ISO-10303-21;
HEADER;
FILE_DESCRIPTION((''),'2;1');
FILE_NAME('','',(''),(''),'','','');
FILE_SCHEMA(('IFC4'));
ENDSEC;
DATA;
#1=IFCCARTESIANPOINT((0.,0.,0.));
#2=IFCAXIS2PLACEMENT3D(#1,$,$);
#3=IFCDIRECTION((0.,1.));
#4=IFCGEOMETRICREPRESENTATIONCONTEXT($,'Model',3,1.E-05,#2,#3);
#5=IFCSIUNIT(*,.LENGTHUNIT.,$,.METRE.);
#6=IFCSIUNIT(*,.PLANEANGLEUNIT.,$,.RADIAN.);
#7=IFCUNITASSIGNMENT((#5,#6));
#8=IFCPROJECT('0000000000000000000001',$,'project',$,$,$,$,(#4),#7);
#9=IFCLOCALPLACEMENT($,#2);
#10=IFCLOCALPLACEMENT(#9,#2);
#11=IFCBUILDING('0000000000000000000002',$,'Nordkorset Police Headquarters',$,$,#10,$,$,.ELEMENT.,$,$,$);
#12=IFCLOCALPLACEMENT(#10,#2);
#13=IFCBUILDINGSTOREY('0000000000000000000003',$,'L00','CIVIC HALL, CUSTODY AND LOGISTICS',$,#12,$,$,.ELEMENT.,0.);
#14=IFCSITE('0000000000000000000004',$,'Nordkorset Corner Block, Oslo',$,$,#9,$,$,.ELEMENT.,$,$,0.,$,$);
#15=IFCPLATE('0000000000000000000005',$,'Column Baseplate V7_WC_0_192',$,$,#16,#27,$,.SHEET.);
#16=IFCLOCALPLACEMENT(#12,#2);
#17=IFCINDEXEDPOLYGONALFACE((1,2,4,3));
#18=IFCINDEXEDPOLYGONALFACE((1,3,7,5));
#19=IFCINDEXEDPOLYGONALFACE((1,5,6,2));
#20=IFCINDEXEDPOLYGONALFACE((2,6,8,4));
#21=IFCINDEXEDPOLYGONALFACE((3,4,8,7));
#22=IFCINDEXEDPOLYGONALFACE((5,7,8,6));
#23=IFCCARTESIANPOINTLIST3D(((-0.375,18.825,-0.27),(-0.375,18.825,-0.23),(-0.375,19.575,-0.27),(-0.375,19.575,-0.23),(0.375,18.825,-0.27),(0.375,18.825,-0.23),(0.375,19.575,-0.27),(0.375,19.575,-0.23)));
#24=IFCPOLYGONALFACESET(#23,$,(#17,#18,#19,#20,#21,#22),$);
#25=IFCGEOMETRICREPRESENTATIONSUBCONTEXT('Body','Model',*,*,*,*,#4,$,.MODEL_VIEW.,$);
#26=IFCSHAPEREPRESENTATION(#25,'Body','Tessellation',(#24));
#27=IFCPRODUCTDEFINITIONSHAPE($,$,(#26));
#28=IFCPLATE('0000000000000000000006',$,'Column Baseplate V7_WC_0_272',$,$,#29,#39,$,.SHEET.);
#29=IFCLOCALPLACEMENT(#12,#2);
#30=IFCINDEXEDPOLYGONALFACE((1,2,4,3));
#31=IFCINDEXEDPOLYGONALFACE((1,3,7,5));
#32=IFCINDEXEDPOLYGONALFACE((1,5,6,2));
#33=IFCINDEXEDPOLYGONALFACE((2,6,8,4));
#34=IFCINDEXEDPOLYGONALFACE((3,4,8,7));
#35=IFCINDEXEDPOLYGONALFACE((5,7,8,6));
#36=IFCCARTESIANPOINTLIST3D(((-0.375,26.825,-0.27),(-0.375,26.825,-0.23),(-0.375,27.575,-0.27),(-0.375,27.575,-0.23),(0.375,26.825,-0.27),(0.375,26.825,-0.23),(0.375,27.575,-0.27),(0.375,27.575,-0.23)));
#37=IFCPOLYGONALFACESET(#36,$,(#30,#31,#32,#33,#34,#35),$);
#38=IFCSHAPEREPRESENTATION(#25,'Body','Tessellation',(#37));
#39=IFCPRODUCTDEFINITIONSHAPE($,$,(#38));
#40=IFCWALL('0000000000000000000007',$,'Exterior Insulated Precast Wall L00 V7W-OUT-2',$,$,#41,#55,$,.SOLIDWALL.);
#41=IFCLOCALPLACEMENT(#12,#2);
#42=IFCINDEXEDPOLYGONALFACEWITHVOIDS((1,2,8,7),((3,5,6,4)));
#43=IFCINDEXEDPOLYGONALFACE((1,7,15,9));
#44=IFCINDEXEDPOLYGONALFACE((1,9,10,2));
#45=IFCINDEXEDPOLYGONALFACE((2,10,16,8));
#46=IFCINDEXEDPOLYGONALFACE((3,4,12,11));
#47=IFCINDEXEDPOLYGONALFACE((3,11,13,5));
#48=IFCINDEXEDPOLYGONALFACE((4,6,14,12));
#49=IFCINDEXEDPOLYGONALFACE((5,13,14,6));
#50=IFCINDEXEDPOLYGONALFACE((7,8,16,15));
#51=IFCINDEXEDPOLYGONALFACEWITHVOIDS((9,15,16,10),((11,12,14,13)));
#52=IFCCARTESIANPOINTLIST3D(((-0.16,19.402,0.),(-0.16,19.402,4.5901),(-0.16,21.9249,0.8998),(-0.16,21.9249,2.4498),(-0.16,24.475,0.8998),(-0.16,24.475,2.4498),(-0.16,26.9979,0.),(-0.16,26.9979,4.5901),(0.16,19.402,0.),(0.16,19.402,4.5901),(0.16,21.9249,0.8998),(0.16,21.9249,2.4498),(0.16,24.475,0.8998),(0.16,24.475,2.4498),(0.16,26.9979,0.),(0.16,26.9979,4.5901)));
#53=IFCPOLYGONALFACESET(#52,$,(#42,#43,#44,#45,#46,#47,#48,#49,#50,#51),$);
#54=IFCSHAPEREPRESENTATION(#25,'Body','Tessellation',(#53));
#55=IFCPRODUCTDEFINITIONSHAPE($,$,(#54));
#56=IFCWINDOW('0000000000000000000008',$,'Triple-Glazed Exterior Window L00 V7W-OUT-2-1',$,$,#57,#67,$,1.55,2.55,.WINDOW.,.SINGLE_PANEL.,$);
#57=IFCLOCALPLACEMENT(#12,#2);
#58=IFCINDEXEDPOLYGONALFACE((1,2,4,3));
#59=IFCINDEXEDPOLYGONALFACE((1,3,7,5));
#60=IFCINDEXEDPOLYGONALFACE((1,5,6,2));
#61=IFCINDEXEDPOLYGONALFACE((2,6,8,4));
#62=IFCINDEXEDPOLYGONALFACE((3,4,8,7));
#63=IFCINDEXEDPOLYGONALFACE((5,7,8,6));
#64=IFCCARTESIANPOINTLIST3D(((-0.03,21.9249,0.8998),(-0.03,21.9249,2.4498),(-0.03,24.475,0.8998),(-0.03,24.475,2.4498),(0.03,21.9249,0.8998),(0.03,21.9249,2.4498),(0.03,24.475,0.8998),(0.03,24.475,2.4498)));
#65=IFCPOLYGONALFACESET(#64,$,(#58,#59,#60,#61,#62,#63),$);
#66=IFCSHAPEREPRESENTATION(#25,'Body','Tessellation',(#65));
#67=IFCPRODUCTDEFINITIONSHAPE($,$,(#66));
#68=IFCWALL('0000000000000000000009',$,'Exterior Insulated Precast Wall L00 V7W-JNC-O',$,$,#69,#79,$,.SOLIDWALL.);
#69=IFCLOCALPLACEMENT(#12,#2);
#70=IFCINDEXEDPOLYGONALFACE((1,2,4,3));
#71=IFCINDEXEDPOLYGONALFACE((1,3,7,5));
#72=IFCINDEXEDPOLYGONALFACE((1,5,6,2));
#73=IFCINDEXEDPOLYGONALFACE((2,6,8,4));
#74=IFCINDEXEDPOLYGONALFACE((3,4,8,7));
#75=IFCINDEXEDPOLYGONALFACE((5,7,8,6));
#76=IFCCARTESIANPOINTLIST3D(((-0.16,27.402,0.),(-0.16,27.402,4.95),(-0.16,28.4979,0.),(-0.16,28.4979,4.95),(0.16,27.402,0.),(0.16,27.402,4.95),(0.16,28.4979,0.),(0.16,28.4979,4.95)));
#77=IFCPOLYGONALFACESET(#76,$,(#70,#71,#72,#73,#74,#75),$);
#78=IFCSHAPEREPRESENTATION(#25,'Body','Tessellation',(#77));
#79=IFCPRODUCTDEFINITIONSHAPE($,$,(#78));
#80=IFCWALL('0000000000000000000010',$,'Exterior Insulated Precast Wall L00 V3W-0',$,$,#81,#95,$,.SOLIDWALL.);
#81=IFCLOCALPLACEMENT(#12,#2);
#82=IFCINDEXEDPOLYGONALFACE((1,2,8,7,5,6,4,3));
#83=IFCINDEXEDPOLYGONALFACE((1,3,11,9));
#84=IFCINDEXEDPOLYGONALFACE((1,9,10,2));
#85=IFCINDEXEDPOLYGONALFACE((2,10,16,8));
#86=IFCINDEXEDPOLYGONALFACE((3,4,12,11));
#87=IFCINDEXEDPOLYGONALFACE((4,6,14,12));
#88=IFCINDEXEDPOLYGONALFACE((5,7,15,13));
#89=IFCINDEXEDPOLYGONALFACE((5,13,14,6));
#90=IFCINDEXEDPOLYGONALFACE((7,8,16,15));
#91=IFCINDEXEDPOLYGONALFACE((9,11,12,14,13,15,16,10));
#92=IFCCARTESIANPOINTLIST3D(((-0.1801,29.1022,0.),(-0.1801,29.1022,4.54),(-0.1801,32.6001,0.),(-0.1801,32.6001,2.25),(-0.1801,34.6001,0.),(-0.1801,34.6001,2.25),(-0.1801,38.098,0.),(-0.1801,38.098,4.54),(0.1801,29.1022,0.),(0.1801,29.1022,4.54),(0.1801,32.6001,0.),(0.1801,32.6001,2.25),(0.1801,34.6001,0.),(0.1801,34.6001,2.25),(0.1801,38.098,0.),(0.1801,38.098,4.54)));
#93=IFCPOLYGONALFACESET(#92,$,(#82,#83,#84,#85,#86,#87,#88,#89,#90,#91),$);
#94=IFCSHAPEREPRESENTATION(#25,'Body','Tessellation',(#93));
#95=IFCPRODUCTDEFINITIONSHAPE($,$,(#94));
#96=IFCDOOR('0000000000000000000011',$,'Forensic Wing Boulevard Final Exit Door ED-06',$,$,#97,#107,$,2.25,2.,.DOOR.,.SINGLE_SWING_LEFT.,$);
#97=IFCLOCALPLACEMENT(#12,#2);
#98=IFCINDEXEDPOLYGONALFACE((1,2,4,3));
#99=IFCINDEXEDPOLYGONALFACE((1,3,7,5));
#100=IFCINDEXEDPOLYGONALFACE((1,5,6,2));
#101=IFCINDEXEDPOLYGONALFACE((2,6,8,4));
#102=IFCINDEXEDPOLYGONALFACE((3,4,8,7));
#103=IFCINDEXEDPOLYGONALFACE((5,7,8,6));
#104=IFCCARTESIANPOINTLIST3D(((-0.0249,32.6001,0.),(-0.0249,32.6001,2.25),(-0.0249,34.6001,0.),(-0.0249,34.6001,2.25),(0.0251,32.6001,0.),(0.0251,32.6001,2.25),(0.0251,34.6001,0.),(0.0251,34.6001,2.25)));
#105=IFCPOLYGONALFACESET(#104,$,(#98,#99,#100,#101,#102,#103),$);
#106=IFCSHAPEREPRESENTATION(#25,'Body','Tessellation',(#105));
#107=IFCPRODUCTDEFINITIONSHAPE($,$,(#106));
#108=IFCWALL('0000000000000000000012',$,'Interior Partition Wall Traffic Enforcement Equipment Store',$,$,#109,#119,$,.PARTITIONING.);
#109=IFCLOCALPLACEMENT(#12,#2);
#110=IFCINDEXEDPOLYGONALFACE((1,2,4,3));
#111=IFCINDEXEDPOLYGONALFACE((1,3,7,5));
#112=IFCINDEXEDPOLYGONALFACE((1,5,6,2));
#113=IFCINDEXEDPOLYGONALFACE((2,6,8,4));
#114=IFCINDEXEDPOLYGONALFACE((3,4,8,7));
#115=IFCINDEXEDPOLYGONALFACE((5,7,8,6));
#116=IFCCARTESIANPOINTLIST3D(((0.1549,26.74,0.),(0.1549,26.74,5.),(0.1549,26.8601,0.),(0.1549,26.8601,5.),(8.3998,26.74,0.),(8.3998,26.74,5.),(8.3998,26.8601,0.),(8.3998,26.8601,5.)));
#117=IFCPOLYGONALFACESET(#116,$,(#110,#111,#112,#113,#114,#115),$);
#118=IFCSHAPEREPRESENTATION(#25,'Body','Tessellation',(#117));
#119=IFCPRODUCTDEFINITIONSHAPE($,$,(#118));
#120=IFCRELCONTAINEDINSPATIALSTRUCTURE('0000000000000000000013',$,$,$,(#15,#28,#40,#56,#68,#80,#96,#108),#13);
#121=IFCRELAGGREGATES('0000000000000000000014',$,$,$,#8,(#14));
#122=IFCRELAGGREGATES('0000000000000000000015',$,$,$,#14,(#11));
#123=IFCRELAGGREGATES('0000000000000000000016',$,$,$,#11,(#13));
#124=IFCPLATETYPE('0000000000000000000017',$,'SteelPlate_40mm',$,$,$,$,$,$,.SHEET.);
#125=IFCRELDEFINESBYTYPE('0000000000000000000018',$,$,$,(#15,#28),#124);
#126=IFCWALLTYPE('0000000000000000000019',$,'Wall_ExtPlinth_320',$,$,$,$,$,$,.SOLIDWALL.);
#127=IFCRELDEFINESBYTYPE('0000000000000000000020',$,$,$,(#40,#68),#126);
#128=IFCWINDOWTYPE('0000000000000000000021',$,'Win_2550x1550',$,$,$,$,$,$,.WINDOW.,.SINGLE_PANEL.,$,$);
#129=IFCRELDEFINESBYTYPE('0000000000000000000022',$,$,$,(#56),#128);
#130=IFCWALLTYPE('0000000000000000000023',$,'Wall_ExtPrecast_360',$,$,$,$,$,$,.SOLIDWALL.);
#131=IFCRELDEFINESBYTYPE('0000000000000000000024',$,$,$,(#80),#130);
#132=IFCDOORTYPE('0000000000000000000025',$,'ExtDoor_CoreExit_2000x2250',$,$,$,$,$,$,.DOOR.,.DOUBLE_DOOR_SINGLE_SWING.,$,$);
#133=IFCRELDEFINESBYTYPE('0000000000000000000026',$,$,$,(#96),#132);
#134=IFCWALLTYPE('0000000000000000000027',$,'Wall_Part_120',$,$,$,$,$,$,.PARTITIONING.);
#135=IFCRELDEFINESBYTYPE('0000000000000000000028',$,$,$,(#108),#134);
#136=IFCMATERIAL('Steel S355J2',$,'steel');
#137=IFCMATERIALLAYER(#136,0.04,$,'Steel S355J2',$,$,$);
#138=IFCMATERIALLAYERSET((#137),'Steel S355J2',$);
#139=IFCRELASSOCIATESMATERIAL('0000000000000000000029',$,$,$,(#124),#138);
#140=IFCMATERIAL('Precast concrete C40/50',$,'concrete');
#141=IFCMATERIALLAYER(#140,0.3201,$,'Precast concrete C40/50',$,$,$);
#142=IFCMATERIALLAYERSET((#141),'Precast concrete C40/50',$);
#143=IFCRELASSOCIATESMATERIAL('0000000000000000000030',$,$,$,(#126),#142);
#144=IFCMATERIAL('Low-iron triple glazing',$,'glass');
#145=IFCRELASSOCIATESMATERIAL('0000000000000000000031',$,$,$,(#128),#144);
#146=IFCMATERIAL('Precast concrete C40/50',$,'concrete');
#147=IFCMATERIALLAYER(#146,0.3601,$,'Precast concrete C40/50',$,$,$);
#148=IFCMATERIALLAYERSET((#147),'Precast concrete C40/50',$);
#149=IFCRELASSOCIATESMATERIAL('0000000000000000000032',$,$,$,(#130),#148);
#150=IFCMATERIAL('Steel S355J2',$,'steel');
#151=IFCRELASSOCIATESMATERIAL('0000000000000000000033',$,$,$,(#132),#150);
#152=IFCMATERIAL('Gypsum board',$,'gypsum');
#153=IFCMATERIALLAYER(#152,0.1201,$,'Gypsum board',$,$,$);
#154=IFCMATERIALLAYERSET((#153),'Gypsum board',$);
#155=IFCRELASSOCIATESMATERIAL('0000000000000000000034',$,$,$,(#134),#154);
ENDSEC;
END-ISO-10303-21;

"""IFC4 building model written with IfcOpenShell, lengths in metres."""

from ifc_helpers import new_model, si_unit, direction, frame, frame_2d, origin, origin_2d, place, context, subcontext, project, spatial, rectangle, extrude, material, layer, layer_set, type_object, element, fill, save


model = new_model("IFC4")

# Units and contexts
model_context = context("Model", 3, precision=1e-05, world=origin(), true_north=direction((0.0, 1.0)))
body_context = subcontext(model_context, "Body", "Model", "MODEL_VIEW")
ifc_project = project(units=[si_unit("LENGTHUNIT", "METRE"), si_unit("PLANEANGLEUNIT", "RADIAN")], contexts=[model_context])

# Site, building, storey
site_placement = place(None, origin())
site = spatial("IfcSite", under=ifc_project, at=site_placement, Name="Nordkorset Corner Block, Oslo", CompositionType="ELEMENT", RefElevation=0.0)
building_placement = place(site_placement, origin())
building = spatial("IfcBuilding", under=site, at=building_placement, Name="Nordkorset Police Headquarters", CompositionType="ELEMENT")
storey_placement = place(building_placement, origin())
storey = spatial("IfcBuildingStorey", under=building, at=storey_placement, Name="L00", Description="CIVIC HALL, CUSTODY AND LOGISTICS", CompositionType="ELEMENT", Elevation=0.0)

# Plates
ifc_material_1 = material(Name="Steel S355J2", Category="steel")
ifc_layer_1 = layer(ifc_material_1, 0.04, Name="Steel S355J2")
ifc_layer_set_1 = layer_set([ifc_layer_1], Name="Steel S355J2")
plate_type = type_object("IfcPlateType", Name="SteelPlate_40mm", PredefinedType="SHEET", material=ifc_layer_set_1)
for number, where, z_axis, x_axis, name in (
    (1, (0.0, 19.2, -0.27), (0.0, 0.0, 1.0), (1.0, 0.0, 0.0), "Column Baseplate V7_WC_0_192"),
    (2, (0.0, 27.2, -0.27), (0.0, 0.0, 1.0), (1.0, 0.0, 0.0), "Column Baseplate V7_WC_0_272"),
):
    element("IfcPlate", number, at=place(storey_placement, frame(where, z_axis=z_axis, x_axis=x_axis)), inside=storey, type_object=plate_type, Name=name, PredefinedType="SHEET", context=body_context, shape_type="SweptSolid", body=[
        extrude(rectangle(XDim=0.75, YDim=0.75, at=origin_2d()), origin(), (0.0, 0.0, 1.0), 0.04),
    ])

# Wall, opening, window
ifc_material_2 = material(Name="Precast concrete C40/50", Category="concrete")
ifc_layer_2 = layer(ifc_material_2, 0.3201, Name="Precast concrete C40/50")
ifc_layer_set_2 = layer_set([ifc_layer_2], Name="Precast concrete C40/50")
wall_type_1 = type_object("IfcWallType", Name="Wall_ExtPlinth_320", PredefinedType="SOLIDWALL", material=ifc_layer_set_2)
wall_1_placement = place(storey_placement, frame((0.0, 19.4021, 0.0), z_axis=(0.0, 0.0, 1.0), x_axis=(0.0, 1.0, 0.0)))
wall_1 = element("IfcWall", 3, at=wall_1_placement, inside=storey, type_object=wall_type_1, Name="Exterior Insulated Precast Wall L00 V7W-OUT-2", PredefinedType="SOLIDWALL", context=body_context, shape_type="SweptSolid", body=[
    extrude(rectangle(XDim=7.5959, YDim=0.3201, at=frame_2d((3.7979, 0.0))), origin(), (0.0, 0.0, 1.0), 4.5901),
])
opening_1_placement = place(wall_1_placement, frame((2.5229, 0.0, 0.8999)))
opening_1 = element("IfcOpeningElement", 4, at=opening_1_placement, cuts=wall_1, PredefinedType="OPENING", context=body_context, shape_type="SweptSolid", body=[
    extrude(rectangle(XDim=2.55, YDim=1.55, at=frame_2d((1.2749, 0.7749))), frame((0.0, 0.1699, 0.0), z_axis=(0.0, -1.0, 0.0), x_axis=(1.0, 0.0, 0.0)), (0.0, 0.0, 1.0), 0.3401),
])
ifc_material_3 = material(Name="Low-iron triple glazing", Category="glass")
window_type = type_object("IfcWindowType", Name="Win_2550x1550", PartitioningType="SINGLE_PANEL", PredefinedType="WINDOW", material=ifc_material_3)
window_placement = place(opening_1_placement, origin())
window = element("IfcWindow", 5, at=window_placement, inside=storey, type_object=window_type, Name="Triple-Glazed Exterior Window L00 V7W-OUT-2-1", OverallHeight=1.55, OverallWidth=2.55, PartitioningType="SINGLE_PANEL", PredefinedType="WINDOW", context=body_context, shape_type="SweptSolid", body=[
    extrude(rectangle(XDim=2.55, YDim=1.55, at=frame_2d((1.2749, 0.7749))), frame((0.0, 0.03, 0.0), z_axis=(0.0, -1.0, 0.0), x_axis=(1.0, 0.0, 0.0)), (0.0, 0.0, 1.0), 0.0601),
])
fill(opening_1, window)

# Wall
wall_2_placement = place(storey_placement, frame((0.0, 27.4021, 0.0), z_axis=(0.0, 0.0, 1.0), x_axis=(0.0, 1.0, 0.0)))
element("IfcWall", 6, at=wall_2_placement, inside=storey, type_object=wall_type_1, Name="Exterior Insulated Precast Wall L00 V7W-JNC-O", PredefinedType="SOLIDWALL", context=body_context, shape_type="SweptSolid", body=[
    extrude(rectangle(XDim=1.0959, YDim=0.3201, at=frame_2d((0.5479, 0.0))), origin(), (0.0, 0.0, 1.0), 4.95),
])

# Wall, opening, door
ifc_material_4 = material(Name="Precast concrete C40/50", Category="concrete")
ifc_layer_3 = layer(ifc_material_4, 0.3601, Name="Precast concrete C40/50")
ifc_layer_set_3 = layer_set([ifc_layer_3], Name="Precast concrete C40/50")
wall_type_2 = type_object("IfcWallType", Name="Wall_ExtPrecast_360", PredefinedType="SOLIDWALL", material=ifc_layer_set_3)
wall_3_placement = place(storey_placement, frame((0.0, 29.1021, 0.0), z_axis=(0.0, 0.0, 1.0), x_axis=(0.0, 1.0, 0.0)))
wall_3 = element("IfcWall", 7, at=wall_3_placement, inside=storey, type_object=wall_type_2, Name="Exterior Insulated Precast Wall L00 V3W-0", PredefinedType="SOLIDWALL", context=body_context, shape_type="SweptSolid", body=[
    extrude(rectangle(XDim=8.9958, YDim=0.3601, at=frame_2d((4.498, 0.0))), origin(), (0.0, 0.0, 1.0), 4.54),
])
opening_2_placement = place(wall_3_placement, frame((3.498, 0.0, 0.0)))
opening_2 = element("IfcOpeningElement", 8, at=opening_2_placement, cuts=wall_3, PredefinedType="OPENING", context=body_context, shape_type="SweptSolid", body=[
    extrude(rectangle(XDim=2.0, YDim=2.25, at=frame_2d((1.0, 1.125))), frame((0.0, 0.1899, 0.0), z_axis=(0.0, -1.0, 0.0), x_axis=(1.0, 0.0, 0.0)), (0.0, 0.0, 1.0), 0.3801),
])
ifc_material_5 = material(Name="Steel S355J2", Category="steel")
door_type = type_object("IfcDoorType", Name="ExtDoor_CoreExit_2000x2250", OperationType="DOUBLE_DOOR_SINGLE_SWING", PredefinedType="DOOR", material=ifc_material_5)
door_placement = place(opening_2_placement, origin())
door = element("IfcDoor", 9, at=door_placement, inside=storey, type_object=door_type, Name="Forensic Wing Boulevard Final Exit Door ED-06", OperationType="SINGLE_SWING_LEFT", OverallHeight=2.25, OverallWidth=2.0, PredefinedType="DOOR", context=body_context, shape_type="SweptSolid", body=[
    extrude(rectangle(XDim=2.0, YDim=2.25, at=frame_2d((1.0, 1.125))), frame((0.0, 0.0249, 0.0), z_axis=(0.0, -1.0, 0.0), x_axis=(1.0, 0.0, 0.0)), (0.0, 0.0, 1.0), 0.05),
])
fill(opening_2, door)

# Wall
ifc_material_6 = material(Name="Gypsum board", Category="gypsum")
ifc_layer_4 = layer(ifc_material_6, 0.1201, Name="Gypsum board")
ifc_layer_set_4 = layer_set([ifc_layer_4], Name="Gypsum board")
wall_type_3 = type_object("IfcWallType", Name="Wall_Part_120", PredefinedType="PARTITIONING", material=ifc_layer_set_4)
wall_4_placement = place(storey_placement, frame((8.3999, 26.8, 0.0), z_axis=(0.0, 0.0, 1.0), x_axis=(-1.0, 0.0, 0.0)))
element("IfcWall", 10, at=wall_4_placement, inside=storey, type_object=wall_type_3, Name="Interior Partition Wall Traffic Enforcement Equipment Store", PredefinedType="PARTITIONING", context=body_context, shape_type="SweptSolid", body=[
    extrude(rectangle(XDim=8.2449, YDim=0.1201, at=frame_2d((4.1226, 0.0))), origin(), (0.0, 0.0, 1.0), 5.0),
])

save(model, "model.ifc")
